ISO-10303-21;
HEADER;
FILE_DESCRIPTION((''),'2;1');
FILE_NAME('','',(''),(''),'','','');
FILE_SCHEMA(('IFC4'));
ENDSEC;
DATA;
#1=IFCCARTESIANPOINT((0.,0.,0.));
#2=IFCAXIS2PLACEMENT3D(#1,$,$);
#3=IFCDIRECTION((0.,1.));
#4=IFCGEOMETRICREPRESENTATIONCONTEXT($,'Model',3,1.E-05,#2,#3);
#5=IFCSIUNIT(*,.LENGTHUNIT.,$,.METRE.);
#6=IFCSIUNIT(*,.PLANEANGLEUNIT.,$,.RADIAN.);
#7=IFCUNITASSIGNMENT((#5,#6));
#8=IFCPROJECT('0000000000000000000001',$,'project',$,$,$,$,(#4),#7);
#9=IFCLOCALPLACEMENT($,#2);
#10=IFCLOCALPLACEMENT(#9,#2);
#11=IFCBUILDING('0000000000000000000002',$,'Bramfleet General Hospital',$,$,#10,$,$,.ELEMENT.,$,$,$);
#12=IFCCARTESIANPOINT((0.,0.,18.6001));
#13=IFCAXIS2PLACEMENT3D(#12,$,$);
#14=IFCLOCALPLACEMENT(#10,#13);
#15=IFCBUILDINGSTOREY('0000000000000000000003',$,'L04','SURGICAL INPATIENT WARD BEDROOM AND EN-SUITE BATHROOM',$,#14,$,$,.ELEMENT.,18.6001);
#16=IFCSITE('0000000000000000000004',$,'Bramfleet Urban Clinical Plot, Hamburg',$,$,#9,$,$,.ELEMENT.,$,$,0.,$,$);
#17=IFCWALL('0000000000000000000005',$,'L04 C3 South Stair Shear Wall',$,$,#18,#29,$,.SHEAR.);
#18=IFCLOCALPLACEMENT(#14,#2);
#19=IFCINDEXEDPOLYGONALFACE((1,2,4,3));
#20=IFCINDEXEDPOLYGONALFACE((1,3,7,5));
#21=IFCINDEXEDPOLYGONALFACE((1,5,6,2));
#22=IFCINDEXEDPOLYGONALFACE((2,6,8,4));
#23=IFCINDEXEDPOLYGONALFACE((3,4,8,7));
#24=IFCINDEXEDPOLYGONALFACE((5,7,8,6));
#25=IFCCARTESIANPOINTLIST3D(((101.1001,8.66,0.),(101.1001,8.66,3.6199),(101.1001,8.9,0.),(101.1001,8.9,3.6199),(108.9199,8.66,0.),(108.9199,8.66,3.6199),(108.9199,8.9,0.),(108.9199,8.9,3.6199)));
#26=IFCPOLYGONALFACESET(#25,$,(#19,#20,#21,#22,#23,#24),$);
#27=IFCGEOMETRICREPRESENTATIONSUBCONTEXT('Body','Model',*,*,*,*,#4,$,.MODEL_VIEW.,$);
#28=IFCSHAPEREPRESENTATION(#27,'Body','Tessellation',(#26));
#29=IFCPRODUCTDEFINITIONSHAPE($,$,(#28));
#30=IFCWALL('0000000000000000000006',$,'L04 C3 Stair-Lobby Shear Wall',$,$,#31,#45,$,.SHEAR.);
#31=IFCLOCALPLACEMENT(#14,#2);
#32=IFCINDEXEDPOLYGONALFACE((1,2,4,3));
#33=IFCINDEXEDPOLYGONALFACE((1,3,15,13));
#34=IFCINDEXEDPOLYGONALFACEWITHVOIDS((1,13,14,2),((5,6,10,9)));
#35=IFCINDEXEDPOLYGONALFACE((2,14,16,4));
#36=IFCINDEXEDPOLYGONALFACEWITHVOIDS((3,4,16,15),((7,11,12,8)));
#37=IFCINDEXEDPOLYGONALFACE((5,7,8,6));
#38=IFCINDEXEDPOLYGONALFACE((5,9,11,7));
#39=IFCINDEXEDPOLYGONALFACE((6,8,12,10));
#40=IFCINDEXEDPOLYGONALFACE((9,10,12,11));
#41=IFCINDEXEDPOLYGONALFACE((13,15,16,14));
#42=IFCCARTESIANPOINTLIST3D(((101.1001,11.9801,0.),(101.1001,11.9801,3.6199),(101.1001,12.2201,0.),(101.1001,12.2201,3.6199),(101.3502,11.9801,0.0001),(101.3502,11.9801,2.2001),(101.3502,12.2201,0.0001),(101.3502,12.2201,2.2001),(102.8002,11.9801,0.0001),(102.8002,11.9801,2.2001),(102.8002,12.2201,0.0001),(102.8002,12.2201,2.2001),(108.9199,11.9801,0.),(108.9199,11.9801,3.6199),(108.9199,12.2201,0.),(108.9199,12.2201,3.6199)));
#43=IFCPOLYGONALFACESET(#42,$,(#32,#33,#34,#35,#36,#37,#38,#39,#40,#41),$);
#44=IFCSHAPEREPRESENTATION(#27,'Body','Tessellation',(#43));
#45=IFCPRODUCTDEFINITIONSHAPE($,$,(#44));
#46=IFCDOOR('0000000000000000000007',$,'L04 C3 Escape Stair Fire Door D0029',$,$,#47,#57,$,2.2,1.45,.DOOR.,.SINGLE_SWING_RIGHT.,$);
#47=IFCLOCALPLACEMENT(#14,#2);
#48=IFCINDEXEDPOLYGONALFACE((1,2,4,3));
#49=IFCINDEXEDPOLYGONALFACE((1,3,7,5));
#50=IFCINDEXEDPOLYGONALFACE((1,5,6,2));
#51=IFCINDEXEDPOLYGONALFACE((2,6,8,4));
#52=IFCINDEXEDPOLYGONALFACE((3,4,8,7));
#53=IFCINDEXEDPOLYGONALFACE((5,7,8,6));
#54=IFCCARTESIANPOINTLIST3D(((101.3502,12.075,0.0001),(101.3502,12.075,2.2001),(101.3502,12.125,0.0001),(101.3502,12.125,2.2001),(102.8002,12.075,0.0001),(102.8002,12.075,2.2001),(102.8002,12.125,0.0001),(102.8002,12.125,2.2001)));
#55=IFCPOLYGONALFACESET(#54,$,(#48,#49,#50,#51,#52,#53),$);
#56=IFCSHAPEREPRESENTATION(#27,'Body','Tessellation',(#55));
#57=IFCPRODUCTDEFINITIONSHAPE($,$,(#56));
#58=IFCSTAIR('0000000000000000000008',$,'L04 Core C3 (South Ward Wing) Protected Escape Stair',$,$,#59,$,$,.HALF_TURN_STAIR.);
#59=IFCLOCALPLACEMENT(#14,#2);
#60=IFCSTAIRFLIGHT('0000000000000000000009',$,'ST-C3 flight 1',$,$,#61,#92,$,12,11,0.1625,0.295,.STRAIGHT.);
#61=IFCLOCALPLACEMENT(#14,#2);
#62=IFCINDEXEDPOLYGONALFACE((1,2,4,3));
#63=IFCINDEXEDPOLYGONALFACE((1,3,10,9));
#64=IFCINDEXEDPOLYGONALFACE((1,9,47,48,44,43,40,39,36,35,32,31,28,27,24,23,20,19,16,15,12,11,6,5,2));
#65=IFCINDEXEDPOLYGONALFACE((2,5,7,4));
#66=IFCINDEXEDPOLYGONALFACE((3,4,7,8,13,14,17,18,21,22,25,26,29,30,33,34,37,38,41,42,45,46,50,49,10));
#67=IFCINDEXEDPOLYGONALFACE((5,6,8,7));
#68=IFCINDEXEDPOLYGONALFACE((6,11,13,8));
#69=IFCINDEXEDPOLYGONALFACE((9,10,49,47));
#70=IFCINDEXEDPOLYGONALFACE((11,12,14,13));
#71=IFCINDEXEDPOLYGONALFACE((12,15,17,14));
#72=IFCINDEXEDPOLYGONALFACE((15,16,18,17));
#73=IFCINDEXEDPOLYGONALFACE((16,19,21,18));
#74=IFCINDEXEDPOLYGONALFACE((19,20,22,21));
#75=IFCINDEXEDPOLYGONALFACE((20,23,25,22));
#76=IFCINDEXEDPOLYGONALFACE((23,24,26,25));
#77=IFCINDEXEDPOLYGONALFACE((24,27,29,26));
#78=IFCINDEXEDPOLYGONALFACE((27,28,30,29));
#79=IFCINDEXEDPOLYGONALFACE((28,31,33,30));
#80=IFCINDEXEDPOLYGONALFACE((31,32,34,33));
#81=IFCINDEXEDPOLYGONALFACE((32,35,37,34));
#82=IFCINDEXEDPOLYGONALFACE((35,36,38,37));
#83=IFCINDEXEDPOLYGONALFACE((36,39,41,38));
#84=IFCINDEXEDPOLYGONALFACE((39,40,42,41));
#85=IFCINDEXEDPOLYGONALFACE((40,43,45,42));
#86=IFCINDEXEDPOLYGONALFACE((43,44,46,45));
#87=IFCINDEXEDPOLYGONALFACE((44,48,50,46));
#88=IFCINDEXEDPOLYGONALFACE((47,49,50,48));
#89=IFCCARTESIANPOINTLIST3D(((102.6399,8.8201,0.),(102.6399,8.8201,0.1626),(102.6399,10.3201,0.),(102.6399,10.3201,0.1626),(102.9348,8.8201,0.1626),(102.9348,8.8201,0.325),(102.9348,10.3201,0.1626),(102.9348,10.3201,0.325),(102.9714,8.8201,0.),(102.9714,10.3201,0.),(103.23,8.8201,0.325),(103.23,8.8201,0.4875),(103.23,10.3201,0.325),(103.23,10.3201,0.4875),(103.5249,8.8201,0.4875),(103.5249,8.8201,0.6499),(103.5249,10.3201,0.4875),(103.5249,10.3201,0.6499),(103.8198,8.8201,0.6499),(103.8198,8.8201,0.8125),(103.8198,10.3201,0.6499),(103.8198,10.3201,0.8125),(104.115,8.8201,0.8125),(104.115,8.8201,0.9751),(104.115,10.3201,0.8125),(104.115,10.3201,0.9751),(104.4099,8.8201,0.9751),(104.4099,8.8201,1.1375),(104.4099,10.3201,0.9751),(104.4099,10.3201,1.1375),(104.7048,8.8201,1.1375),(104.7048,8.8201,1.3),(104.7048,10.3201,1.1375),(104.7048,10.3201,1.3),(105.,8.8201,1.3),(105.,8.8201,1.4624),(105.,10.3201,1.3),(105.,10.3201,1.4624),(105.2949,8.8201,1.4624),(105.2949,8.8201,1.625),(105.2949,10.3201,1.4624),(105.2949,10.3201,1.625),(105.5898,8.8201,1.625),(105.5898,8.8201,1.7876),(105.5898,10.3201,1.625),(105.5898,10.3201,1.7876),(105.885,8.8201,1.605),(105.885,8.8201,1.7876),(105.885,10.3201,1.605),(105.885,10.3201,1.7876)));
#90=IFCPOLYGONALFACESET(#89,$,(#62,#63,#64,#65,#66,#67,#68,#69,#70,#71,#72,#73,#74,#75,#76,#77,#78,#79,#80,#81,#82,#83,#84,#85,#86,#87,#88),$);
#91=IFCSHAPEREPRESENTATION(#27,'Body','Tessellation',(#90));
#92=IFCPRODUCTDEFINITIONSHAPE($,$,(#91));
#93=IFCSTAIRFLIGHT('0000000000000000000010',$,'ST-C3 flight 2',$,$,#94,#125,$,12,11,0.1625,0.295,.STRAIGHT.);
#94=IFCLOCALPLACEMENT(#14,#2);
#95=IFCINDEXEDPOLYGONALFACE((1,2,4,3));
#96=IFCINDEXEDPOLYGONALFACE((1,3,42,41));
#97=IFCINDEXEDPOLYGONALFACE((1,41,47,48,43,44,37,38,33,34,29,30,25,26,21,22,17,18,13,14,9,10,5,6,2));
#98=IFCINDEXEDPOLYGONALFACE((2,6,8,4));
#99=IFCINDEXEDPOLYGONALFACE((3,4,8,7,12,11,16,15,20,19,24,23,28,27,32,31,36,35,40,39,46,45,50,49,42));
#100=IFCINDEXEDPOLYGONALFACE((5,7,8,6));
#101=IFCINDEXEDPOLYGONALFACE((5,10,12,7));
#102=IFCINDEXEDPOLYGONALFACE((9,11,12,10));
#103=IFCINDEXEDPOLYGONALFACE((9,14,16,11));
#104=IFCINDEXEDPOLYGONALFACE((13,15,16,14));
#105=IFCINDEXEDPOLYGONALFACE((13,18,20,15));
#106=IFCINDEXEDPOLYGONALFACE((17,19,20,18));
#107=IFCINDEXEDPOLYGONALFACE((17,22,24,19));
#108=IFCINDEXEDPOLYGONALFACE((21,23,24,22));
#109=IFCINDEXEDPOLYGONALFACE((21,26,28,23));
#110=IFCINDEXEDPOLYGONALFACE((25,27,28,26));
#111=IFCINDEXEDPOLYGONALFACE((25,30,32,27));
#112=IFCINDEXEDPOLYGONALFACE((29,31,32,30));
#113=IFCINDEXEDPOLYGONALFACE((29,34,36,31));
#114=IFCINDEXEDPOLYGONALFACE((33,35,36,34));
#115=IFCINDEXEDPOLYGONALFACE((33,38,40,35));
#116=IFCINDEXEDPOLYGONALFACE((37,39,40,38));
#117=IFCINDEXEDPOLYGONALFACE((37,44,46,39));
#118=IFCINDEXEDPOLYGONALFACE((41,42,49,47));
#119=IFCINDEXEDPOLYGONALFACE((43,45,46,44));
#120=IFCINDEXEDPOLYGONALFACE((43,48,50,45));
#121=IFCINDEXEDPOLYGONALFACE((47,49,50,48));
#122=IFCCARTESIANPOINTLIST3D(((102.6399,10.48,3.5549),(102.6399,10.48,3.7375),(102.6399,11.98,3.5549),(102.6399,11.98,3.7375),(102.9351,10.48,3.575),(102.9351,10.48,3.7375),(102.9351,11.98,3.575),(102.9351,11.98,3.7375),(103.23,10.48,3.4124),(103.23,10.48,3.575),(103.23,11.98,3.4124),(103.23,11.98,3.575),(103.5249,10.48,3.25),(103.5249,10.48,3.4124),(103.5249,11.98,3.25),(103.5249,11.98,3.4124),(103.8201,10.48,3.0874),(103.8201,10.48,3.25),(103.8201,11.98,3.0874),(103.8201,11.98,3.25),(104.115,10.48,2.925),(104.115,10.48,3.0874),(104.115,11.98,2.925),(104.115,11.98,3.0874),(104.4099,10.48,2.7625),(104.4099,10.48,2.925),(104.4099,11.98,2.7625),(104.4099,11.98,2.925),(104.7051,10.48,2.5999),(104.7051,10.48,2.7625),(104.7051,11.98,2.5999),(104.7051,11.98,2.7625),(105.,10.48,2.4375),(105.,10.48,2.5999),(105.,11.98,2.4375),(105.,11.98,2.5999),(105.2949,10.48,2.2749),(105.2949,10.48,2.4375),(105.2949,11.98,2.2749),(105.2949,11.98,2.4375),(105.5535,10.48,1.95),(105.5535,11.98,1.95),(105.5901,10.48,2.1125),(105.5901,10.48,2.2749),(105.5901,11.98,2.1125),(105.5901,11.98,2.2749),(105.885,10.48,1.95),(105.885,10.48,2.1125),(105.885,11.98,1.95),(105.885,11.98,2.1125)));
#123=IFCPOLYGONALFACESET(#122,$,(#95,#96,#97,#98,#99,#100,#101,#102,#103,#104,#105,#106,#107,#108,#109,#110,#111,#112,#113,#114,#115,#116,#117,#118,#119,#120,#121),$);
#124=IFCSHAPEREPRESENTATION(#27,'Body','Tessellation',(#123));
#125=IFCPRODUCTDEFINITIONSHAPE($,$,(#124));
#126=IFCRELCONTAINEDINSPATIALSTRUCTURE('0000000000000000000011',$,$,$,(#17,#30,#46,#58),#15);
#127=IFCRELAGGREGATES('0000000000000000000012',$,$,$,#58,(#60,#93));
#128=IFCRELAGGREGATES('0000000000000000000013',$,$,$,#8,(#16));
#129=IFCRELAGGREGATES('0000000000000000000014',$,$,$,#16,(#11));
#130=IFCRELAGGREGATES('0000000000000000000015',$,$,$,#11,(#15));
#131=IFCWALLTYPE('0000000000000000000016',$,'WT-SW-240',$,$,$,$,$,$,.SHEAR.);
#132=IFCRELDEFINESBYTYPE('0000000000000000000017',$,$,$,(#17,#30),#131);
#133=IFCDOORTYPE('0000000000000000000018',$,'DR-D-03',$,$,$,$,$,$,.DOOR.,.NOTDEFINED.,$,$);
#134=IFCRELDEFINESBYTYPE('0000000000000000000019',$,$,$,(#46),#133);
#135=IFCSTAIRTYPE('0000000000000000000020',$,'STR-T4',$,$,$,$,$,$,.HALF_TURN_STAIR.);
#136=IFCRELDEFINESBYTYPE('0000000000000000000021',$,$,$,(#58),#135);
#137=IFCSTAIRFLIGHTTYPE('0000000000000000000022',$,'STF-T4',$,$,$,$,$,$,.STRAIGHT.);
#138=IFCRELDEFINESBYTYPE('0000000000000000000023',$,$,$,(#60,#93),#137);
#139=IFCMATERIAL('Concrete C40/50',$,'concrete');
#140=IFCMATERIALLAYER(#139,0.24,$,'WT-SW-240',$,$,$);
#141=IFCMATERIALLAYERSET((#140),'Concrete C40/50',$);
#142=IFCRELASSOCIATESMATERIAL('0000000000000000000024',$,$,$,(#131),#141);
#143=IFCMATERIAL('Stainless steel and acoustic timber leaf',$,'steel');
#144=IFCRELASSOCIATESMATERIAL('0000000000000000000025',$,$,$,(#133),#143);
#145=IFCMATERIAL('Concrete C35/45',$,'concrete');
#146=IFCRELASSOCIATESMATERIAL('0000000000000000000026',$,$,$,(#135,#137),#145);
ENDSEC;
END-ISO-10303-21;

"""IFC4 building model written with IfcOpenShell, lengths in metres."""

from ifc_helpers import new_model, si_unit, direction, frame, frame_2d, origin, place, context, subcontext, project, spatial, polyline, rectangle, outline, extrude, material, layer, layer_set, type_object, element, fill, aggregate, save


model = new_model("IFC4")

# Units and contexts
model_context = context("Model", 3, precision=1e-05, world=origin(), true_north=direction((0.0, 1.0)))
body_context = subcontext(model_context, "Body", "Model", "MODEL_VIEW")
ifc_project = project(units=[si_unit("LENGTHUNIT", "METRE"), si_unit("PLANEANGLEUNIT", "RADIAN")], contexts=[model_context])

# Site, building, storey
site_placement = place(None, origin())
site = spatial("IfcSite", under=ifc_project, at=site_placement, Name="Bramfleet Urban Clinical Plot, Hamburg", CompositionType="ELEMENT", RefElevation=0.0)
building_placement = place(site_placement, origin())
building = spatial("IfcBuilding", under=site, at=building_placement, Name="Bramfleet General Hospital", CompositionType="ELEMENT")
storey_placement = place(building_placement, frame((0.0, 0.0, 18.6001)))
storey = spatial("IfcBuildingStorey", under=building, at=storey_placement, Name="L04", Description="SURGICAL INPATIENT WARD BEDROOM AND EN-SUITE BATHROOM", CompositionType="ELEMENT", Elevation=18.6001)

# Shared definitions
ifc_material_1 = material(Name="Concrete C40/50", Category="concrete")

# Shared definitions
ifc_material_2 = material(Name="Concrete C35/45", Category="concrete")

# Shared definitions
ifc_material_3 = material(Name="Stainless steel and acoustic timber leaf", Category="steel")

# Wall
ifc_layer_1 = layer(ifc_material_1, 0.24, Name="WT-SW-240")
ifc_layer_set_1 = layer_set([ifc_layer_1], Name="Concrete C40/50")
wall_type_1 = type_object("IfcWallType", Name="WT-SW-240", PredefinedType="SHEAR", material=ifc_layer_set_1)
wall_1_placement = place(storey_placement, frame((101.1001, 8.78, 0.0), z_axis=(0.0, 0.0, 1.0), x_axis=(1.0, 0.0, 0.0)))
element("IfcWall", 1, at=wall_1_placement, inside=storey, type_object=wall_type_1, Name="L04 C3 South Stair Shear Wall", PredefinedType="SHEAR", context=body_context, shape_type="SweptSolid", body=[
    extrude(rectangle(XDim=7.8198, YDim=0.24, at=frame_2d((3.9099, 0.0))), origin(), (0.0, 0.0, 1.0), 3.6199),
])

# Wall, opening, door
wall_2_placement = place(storey_placement, frame((101.1001, 12.1001, 0.0), z_axis=(0.0, 0.0, 1.0), x_axis=(1.0, 0.0, 0.0)))
wall_2 = element("IfcWall", 2, at=wall_2_placement, inside=storey, type_object=wall_type_1, Name="L04 C3 Stair-Lobby Shear Wall", PredefinedType="SHEAR", context=body_context, shape_type="SweptSolid", body=[
    extrude(rectangle(XDim=7.8198, YDim=0.24, at=frame_2d((3.9099, 0.0))), origin(), (0.0, 0.0, 1.0), 3.6199),
])
opening_1_placement = place(wall_2_placement, frame((0.25, 0.0, 0.0)))
opening_1 = element("IfcOpeningElement", 3, at=opening_1_placement, cuts=wall_2, PredefinedType="OPENING", context=body_context, shape_type="SweptSolid", body=[
    extrude(rectangle(XDim=1.45, YDim=2.2, at=frame_2d((0.7251, 1.1001))), frame((0.0, 0.1299, 0.0), z_axis=(0.0, -1.0, 0.0), x_axis=(1.0, 0.0, 0.0)), (0.0, 0.0, 1.0), 0.26),
])
door_type_1 = type_object("IfcDoorType", Name="DR-D-03", OperationType="NOTDEFINED", PredefinedType="DOOR", material=ifc_material_3)
door_1_placement = place(opening_1_placement, origin())
door_1 = element("IfcDoor", 4, at=door_1_placement, inside=storey, type_object=door_type_1, Name="L04 C3 Escape Stair Fire Door D0029", OperationType="SINGLE_SWING_RIGHT", OverallHeight=2.2, OverallWidth=1.45, PredefinedType="DOOR", context=body_context, shape_type="SweptSolid", body=[
    extrude(rectangle(XDim=1.45, YDim=2.2, at=frame_2d((0.7251, 1.1001))), frame((0.0, 0.0249, 0.0), z_axis=(0.0, -1.0, 0.0), x_axis=(1.0, 0.0, 0.0)), (0.0, 0.0, 1.0), 0.05),
])
fill(opening_1, door_1)

# Stair, stair flights
stair_type = type_object("IfcStairType", Name="STR-T4", PredefinedType="HALF_TURN_STAIR", material=ifc_material_2)
stair_placement = place(storey_placement, origin())
stair = element("IfcStair", 5, at=stair_placement, inside=storey, type_object=stair_type, Name="L04 Core C3 (South Ward Wing) Protected Escape Stair", PredefinedType="HALF_TURN_STAIR")
stair_flight_type = type_object("IfcStairFlightType", Name="STF-T4", PredefinedType="STRAIGHT", material=ifc_material_2)
stair_flight_1_placement = place(storey_placement, frame((102.6399, 9.5701, 0.0), z_axis=(0.0, 0.0, 1.0), x_axis=(1.0, 0.0, 0.0)))
stair_flight_1 = element("IfcStairFlight", 6, at=stair_flight_1_placement, type_object=stair_flight_type, Name="ST-C3 flight 1", NumberOfRisers=12, NumberOfTreads=11, PredefinedType="STRAIGHT", RiserHeight=0.1625, TreadLength=0.295, context=body_context, shape_type="SweptSolid", body=[
    extrude(outline(polyline([(0.0, 0.0), (0.0, 0.1626), (0.2949, 0.1626), (0.2949, 0.325), (0.5901, 0.325), (0.5901, 0.4875), (0.885, 0.4875), (0.885, 0.6499), (1.1799, 0.6499), (1.1799, 0.8125), (1.4751, 0.8125), (1.4751, 0.9751), (1.77, 0.9751), (1.77, 1.1375), (2.0649, 1.1375), (2.0649, 1.3), (2.3601, 1.3), (2.3601, 1.4624), (2.655, 1.4624), (2.655, 1.625), (2.95, 1.625), (2.95, 1.7876), (3.2451, 1.7876), (3.2451, 1.95), (3.2451, 1.605), (0.3315, 0.0), (0.0, 0.0)])), frame((0.0, 0.75, 0.0), z_axis=(0.0, -1.0, 0.0), x_axis=(1.0, 0.0, 0.0)), (0.0, 0.0, 1.0), 1.5),
])
stair_flight_2_placement = place(storey_placement, frame((105.885, 11.23, 1.95), z_axis=(0.0, 0.0, 1.0), x_axis=(-1.0, 0.0, 0.0)))
stair_flight_2 = element("IfcStairFlight", 7, at=stair_flight_2_placement, type_object=stair_flight_type, Name="ST-C3 flight 2", NumberOfRisers=12, NumberOfTreads=11, PredefinedType="STRAIGHT", RiserHeight=0.1625, TreadLength=0.295, context=body_context, shape_type="SweptSolid", body=[
    extrude(outline(polyline([(0.0, 0.0), (0.0, 0.1626), (0.2949, 0.1626), (0.2949, 0.325), (0.5901, 0.325), (0.5901, 0.4875), (0.885, 0.4875), (0.885, 0.6499), (1.1799, 0.6499), (1.1799, 0.8125), (1.4751, 0.8125), (1.4751, 0.9751), (1.77, 0.9751), (1.77, 1.1375), (2.0649, 1.1375), (2.0649, 1.3), (2.3601, 1.3), (2.3601, 1.4624), (2.655, 1.4624), (2.655, 1.625), (2.95, 1.625), (2.95, 1.7876), (3.2451, 1.7876), (3.2451, 1.95), (3.2451, 1.605), (0.3315, 0.0), (0.0, 0.0)])), frame((0.0, 0.75, 0.0), z_axis=(0.0, -1.0, 0.0), x_axis=(1.0, 0.0, 0.0)), (0.0, 0.0, 1.0), 1.5),
])
aggregate(stair, [stair_flight_1, stair_flight_2])

save(model, "model.ifc")
